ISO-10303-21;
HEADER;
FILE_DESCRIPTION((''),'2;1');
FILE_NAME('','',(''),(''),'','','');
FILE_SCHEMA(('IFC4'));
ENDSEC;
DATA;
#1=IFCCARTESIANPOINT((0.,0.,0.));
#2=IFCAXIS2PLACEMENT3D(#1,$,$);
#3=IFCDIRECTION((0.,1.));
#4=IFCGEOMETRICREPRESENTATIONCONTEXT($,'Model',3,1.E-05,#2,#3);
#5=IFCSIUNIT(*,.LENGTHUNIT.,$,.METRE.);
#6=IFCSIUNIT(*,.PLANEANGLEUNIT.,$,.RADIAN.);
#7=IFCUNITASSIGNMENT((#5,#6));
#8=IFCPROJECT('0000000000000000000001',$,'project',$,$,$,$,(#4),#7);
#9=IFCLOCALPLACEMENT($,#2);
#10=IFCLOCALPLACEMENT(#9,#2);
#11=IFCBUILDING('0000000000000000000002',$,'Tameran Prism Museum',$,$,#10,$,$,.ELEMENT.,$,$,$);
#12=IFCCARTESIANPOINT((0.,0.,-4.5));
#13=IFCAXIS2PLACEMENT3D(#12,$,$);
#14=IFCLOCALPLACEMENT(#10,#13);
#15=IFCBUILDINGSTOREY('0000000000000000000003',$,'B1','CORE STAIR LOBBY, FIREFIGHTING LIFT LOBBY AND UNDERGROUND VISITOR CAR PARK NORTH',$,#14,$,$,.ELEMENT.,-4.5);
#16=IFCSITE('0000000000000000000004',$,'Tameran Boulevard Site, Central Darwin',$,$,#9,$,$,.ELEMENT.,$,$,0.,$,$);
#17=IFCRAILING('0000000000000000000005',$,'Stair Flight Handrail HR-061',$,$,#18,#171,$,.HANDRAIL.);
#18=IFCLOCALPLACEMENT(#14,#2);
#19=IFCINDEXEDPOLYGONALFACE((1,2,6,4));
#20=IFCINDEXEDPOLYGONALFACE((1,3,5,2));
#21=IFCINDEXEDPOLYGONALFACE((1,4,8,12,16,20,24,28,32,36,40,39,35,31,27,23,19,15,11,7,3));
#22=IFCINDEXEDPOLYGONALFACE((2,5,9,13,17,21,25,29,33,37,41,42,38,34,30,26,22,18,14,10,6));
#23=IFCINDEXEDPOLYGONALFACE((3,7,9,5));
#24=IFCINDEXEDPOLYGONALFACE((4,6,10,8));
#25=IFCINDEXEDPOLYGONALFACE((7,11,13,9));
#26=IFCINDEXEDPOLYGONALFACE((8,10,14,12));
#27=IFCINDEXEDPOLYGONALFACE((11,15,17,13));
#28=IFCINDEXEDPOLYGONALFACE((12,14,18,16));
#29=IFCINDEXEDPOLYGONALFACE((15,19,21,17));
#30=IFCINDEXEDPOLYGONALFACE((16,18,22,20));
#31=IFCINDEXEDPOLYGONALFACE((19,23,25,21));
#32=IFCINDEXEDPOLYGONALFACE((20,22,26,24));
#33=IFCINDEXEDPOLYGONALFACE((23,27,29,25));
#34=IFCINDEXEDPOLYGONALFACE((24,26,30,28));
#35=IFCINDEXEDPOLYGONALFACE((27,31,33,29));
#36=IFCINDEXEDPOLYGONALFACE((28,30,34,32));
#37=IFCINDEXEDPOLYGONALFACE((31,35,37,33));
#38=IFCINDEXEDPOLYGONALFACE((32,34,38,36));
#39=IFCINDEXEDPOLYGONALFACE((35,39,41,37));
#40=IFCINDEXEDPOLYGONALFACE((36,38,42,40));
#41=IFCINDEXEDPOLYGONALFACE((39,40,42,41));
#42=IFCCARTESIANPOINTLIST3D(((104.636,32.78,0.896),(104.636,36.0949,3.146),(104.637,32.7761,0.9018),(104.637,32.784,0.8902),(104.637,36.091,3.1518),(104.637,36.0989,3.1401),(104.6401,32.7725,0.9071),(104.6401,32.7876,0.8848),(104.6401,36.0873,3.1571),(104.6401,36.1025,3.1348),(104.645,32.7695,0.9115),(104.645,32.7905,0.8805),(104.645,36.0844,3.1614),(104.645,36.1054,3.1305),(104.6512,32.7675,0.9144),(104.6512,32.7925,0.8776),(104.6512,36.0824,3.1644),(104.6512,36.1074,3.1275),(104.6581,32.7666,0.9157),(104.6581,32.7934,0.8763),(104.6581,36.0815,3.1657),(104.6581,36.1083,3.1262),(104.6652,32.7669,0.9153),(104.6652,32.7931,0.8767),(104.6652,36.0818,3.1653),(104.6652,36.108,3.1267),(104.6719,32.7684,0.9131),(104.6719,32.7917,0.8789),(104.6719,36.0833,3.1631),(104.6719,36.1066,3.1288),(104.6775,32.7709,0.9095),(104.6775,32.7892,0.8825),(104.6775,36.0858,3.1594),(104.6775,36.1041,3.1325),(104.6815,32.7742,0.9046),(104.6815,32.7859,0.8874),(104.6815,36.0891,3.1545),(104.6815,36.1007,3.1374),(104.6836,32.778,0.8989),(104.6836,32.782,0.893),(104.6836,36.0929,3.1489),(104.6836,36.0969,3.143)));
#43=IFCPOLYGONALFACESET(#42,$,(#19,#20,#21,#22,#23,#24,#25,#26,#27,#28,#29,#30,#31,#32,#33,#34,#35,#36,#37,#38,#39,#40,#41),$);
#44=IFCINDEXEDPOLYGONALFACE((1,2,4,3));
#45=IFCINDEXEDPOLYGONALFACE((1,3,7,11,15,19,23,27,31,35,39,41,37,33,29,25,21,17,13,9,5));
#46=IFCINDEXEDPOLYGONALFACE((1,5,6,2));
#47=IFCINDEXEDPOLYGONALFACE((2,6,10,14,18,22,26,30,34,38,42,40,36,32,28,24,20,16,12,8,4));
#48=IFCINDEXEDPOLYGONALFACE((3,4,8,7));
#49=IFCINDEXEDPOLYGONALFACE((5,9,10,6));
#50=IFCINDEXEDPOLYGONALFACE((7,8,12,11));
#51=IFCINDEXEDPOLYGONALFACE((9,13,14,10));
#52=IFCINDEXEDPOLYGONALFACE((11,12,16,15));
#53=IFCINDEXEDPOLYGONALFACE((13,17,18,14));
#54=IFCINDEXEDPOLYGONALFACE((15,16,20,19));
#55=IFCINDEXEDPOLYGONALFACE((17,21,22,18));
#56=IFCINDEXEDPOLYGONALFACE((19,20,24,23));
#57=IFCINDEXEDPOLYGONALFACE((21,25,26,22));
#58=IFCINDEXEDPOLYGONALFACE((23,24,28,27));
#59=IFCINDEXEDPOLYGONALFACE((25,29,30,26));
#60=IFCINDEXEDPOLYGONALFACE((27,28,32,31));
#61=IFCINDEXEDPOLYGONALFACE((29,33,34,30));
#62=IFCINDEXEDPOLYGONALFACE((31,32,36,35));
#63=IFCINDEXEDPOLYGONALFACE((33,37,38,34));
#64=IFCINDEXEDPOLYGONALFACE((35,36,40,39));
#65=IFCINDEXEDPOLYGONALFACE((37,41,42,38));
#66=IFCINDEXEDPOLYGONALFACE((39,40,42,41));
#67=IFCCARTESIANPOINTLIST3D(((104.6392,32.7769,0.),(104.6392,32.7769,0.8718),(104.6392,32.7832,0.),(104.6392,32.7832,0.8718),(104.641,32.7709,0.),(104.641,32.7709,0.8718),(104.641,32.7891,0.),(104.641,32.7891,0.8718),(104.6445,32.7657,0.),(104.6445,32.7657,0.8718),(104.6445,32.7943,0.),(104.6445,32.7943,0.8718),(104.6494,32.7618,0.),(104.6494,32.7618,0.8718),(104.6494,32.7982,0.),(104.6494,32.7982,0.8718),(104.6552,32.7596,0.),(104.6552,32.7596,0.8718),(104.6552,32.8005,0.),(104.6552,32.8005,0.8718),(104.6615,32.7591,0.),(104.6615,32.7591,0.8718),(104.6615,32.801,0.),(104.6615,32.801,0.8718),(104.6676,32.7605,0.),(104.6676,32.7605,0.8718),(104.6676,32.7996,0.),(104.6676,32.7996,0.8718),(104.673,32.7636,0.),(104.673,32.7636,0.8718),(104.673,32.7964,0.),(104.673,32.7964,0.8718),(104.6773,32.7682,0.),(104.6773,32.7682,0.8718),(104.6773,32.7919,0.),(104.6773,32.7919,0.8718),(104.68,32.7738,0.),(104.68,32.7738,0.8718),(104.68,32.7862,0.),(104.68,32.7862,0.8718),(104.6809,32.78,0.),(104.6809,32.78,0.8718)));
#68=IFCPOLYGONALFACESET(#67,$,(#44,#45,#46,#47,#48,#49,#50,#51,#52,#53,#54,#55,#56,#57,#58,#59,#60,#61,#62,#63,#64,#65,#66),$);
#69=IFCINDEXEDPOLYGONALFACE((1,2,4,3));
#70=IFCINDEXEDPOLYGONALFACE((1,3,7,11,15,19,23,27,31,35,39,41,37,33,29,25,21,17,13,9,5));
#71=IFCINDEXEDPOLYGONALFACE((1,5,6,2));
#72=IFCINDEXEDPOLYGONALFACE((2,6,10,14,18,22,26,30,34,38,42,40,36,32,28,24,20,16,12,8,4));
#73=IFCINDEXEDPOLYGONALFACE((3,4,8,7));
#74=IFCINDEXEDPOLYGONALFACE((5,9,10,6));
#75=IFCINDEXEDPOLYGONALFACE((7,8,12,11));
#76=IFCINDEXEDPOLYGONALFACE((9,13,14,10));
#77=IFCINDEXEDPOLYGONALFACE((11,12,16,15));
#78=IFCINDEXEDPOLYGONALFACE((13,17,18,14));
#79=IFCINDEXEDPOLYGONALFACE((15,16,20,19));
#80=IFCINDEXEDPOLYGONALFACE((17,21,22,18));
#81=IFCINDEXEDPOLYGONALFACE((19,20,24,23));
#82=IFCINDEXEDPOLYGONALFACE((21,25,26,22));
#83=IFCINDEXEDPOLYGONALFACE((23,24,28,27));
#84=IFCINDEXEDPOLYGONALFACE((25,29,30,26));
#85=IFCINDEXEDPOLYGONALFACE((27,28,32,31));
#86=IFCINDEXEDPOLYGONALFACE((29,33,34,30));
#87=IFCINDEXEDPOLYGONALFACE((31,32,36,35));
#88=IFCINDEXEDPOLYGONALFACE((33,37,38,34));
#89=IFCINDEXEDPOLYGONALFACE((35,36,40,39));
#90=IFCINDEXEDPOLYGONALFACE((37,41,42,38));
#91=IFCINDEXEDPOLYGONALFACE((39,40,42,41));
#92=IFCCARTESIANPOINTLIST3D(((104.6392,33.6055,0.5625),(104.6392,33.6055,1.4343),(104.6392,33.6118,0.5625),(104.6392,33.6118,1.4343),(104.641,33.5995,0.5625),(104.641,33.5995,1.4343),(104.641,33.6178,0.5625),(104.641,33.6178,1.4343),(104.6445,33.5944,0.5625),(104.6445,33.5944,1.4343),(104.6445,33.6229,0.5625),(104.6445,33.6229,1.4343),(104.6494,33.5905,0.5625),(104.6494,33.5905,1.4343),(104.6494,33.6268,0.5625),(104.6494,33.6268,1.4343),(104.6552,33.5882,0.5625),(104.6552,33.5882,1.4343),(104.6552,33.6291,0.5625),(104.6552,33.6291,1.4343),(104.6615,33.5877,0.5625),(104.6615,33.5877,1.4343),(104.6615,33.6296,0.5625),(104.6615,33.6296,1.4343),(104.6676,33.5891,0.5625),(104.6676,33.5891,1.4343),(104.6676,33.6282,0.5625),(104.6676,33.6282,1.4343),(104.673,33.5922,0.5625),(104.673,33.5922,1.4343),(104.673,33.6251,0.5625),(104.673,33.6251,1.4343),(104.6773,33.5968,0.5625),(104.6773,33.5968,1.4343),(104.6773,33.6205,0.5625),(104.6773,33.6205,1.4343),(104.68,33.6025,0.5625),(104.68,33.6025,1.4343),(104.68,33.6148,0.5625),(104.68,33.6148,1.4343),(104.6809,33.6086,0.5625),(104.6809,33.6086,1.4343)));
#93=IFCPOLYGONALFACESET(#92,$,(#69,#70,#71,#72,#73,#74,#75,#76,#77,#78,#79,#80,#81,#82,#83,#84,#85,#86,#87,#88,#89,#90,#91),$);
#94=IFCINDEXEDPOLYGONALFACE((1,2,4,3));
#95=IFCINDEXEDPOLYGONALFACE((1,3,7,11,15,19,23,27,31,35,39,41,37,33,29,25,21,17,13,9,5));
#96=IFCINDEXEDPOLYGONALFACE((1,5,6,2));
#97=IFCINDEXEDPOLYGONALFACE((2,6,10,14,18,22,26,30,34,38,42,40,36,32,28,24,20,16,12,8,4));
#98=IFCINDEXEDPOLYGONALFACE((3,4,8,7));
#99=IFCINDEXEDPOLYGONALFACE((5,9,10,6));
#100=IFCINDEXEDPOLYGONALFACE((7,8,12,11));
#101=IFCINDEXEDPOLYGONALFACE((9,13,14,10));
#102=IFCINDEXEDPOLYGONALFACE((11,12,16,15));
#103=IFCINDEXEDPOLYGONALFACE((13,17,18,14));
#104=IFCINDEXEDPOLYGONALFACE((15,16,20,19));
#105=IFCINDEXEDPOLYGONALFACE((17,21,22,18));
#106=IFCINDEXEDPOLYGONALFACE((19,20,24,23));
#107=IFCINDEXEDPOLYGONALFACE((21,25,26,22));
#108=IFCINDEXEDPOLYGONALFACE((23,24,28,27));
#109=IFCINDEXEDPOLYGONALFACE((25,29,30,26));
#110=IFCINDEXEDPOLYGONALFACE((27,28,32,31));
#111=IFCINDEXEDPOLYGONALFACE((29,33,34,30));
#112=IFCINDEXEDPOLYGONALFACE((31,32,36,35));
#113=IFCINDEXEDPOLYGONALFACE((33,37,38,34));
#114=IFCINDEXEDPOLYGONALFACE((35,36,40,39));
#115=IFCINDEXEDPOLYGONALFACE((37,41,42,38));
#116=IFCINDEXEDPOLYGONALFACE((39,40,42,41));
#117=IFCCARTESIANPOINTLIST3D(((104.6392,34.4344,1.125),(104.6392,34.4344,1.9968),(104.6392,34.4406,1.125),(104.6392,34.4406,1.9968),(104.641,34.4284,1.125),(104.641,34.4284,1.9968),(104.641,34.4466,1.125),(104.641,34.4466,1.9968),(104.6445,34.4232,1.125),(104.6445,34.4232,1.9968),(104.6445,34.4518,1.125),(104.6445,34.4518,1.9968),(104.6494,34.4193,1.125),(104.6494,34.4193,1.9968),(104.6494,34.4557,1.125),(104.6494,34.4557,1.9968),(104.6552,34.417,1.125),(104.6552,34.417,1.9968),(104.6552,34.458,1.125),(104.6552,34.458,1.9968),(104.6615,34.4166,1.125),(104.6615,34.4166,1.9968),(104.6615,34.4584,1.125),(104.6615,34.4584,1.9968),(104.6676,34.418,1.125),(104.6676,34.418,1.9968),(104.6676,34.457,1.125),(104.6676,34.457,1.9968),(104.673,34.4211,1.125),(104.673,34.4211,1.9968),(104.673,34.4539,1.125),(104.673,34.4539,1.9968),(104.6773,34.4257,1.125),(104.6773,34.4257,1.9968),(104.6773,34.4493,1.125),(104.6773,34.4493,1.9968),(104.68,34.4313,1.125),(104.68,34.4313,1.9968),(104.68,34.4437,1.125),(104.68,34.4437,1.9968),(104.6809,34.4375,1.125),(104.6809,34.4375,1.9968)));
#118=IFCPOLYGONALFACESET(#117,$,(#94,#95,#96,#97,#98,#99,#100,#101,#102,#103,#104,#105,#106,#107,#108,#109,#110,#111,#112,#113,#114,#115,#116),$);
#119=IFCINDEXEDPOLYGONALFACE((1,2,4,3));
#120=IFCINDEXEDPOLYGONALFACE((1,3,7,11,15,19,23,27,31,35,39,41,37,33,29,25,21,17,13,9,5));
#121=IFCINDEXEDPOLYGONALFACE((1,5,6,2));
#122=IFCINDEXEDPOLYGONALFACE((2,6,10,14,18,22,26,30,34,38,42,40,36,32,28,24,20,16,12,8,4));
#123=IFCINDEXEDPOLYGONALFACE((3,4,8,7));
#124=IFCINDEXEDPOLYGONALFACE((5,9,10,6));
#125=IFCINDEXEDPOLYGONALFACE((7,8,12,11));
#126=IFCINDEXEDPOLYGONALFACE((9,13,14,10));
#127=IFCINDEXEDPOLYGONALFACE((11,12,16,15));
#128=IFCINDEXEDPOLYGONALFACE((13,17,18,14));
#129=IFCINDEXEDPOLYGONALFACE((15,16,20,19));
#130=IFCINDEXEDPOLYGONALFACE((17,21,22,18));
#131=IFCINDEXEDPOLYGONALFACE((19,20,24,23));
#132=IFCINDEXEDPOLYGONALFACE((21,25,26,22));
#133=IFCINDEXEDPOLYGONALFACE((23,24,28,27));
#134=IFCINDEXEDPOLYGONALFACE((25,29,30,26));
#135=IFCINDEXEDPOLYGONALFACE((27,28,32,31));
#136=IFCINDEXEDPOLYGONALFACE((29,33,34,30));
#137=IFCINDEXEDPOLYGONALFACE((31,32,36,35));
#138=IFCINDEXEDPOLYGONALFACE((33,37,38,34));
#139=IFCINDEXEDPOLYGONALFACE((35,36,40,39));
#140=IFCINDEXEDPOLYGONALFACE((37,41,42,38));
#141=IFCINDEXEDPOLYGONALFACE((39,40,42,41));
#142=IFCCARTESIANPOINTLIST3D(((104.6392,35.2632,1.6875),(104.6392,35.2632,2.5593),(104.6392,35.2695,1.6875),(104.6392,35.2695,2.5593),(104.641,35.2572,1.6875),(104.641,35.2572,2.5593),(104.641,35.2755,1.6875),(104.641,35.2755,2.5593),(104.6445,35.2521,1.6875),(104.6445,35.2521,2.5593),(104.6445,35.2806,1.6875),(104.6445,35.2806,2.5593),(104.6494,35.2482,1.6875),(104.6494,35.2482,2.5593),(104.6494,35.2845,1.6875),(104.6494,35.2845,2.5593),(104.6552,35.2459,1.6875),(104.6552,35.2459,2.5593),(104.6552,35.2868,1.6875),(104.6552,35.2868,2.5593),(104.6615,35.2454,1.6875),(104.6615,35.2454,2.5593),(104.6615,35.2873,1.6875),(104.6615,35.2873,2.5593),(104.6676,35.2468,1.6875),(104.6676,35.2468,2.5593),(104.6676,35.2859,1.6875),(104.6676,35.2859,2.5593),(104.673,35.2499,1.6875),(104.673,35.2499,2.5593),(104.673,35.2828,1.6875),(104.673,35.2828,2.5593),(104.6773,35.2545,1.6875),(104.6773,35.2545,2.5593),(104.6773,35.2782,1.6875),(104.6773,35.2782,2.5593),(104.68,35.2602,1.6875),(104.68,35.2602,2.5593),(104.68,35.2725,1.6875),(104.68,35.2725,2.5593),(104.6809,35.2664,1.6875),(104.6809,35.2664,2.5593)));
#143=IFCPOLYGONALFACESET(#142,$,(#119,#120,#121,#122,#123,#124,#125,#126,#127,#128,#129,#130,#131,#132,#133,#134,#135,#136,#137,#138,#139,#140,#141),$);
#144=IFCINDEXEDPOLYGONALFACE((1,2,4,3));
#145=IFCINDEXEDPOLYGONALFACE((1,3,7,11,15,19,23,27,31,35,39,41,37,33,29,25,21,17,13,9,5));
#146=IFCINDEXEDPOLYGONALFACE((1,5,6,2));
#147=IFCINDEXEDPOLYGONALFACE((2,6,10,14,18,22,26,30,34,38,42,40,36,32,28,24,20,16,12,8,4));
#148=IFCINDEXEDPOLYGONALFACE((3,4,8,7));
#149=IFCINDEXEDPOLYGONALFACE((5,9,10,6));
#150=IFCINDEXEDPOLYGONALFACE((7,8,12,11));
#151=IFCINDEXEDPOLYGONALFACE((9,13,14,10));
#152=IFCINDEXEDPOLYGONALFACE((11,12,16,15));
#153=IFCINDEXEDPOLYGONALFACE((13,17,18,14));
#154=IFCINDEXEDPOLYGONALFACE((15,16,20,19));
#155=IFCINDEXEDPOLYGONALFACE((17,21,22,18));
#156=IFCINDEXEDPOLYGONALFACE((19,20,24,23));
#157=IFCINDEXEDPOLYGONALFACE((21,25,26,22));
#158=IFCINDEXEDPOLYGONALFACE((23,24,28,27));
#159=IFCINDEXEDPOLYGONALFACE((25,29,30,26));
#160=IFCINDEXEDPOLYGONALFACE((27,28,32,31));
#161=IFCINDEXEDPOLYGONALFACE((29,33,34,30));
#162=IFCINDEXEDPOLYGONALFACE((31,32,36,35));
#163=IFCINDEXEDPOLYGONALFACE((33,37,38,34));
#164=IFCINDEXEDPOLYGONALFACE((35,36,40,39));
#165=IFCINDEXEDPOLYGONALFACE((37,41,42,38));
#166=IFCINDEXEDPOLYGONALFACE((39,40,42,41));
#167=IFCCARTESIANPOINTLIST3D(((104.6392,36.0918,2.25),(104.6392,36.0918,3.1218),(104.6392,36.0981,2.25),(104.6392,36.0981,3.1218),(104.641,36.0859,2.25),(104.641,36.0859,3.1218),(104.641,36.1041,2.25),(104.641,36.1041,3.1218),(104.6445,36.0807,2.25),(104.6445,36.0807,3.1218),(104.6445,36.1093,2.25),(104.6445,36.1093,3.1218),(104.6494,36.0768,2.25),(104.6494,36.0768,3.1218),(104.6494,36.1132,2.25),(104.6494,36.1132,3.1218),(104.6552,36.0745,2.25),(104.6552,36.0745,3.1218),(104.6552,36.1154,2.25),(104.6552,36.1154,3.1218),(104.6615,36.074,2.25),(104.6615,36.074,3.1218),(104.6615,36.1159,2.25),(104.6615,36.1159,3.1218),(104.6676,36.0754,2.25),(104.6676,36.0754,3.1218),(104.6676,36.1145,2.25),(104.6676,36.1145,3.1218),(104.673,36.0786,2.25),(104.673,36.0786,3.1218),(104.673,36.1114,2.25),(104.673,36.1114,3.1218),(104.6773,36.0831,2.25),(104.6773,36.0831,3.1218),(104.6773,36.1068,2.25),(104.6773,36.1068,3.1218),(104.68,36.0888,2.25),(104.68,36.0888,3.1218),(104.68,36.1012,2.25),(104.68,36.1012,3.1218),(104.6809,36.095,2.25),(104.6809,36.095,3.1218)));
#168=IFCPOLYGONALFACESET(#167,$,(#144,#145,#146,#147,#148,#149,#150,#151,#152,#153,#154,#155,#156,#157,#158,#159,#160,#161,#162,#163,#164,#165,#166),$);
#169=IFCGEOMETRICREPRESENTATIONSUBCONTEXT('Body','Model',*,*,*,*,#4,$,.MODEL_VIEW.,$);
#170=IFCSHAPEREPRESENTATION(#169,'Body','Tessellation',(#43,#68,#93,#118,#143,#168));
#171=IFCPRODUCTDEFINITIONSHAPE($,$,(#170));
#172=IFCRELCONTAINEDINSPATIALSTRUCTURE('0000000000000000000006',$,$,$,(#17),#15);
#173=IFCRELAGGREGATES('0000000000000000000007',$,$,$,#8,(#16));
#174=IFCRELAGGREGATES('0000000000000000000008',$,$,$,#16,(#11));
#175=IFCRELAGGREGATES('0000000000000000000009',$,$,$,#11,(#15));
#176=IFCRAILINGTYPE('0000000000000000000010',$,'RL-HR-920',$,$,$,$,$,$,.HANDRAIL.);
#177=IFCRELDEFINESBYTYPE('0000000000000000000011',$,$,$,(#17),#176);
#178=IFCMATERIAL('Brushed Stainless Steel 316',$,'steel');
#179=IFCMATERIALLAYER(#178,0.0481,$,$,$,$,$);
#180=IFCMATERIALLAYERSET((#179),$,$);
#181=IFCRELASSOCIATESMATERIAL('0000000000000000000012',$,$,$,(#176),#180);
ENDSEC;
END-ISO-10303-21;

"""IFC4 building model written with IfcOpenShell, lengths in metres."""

from ifc_helpers import new_model, si_unit, direction, frame, origin, origin_2d, place, context, subcontext, project, spatial, circle, extrude, material, layer, layer_set, type_object, element, save


model = new_model("IFC4")

# Units and contexts
model_context = context("Model", 3, precision=1e-05, world=origin(), true_north=direction((0.0, 1.0)))
body_context = subcontext(model_context, "Body", "Model", "MODEL_VIEW")
ifc_project = project(units=[si_unit("LENGTHUNIT", "METRE"), si_unit("PLANEANGLEUNIT", "RADIAN")], contexts=[model_context])

# Site, building, storey
site_placement = place(None, origin())
site = spatial("IfcSite", under=ifc_project, at=site_placement, Name="Tameran Boulevard Site, Central Darwin", CompositionType="ELEMENT", RefElevation=0.0)
building_placement = place(site_placement, origin())
building = spatial("IfcBuilding", under=site, at=building_placement, Name="Tameran Prism Museum", CompositionType="ELEMENT")
storey_placement = place(building_placement, frame((0.0, 0.0, -4.5)))
storey = spatial("IfcBuildingStorey", under=building, at=storey_placement, Name="B1", Description="CORE STAIR LOBBY, FIREFIGHTING LIFT LOBBY AND UNDERGROUND VISITOR CAR PARK NORTH", CompositionType="ELEMENT", Elevation=-4.5)

# Railing
ifc_material_1 = material(Name="Brushed Stainless Steel 316", Category="steel")
ifc_layer_1 = layer(ifc_material_1, 0.0481)
ifc_layer_set_1 = layer_set([ifc_layer_1])
railing_type_1 = type_object("IfcRailingType", Name="RL-HR-920", PredefinedType="HANDRAIL", material=ifc_layer_set_1)
railing_1_placement = place(storey_placement, frame((104.6599, 32.78, 0.0)))
element("IfcRailing", 1, at=railing_1_placement, inside=storey, type_object=railing_type_1, Name="Stair Flight Handrail HR-061", PredefinedType="HANDRAIL", context=body_context, shape_type="SweptSolid", body=[
    extrude(circle(Radius=0.0239, at=origin_2d()), frame((0.0, 0.0, 0.896), z_axis=(0.0, 0.827409, 0.5616), x_axis=(-1.0, 0.0, 0.0)), (0.0, 0.0, 1.0), 4.0063),
    extrude(circle(Radius=0.021, at=origin_2d()), origin(), (0.0, 0.0, 1.0), 0.8718),
    extrude(circle(Radius=0.021, at=origin_2d()), frame((0.0, 0.8286, 0.5625)), (0.0, 0.0, 1.0), 0.8718),
    extrude(circle(Radius=0.021, at=origin_2d()), frame((0.0, 1.6575, 1.125)), (0.0, 0.0, 1.0), 0.8718),
    extrude(circle(Radius=0.021, at=origin_2d()), frame((0.0, 2.4863, 1.6875)), (0.0, 0.0, 1.0), 0.8718),
    extrude(circle(Radius=0.021, at=origin_2d()), frame((0.0, 3.3149, 2.25)), (0.0, 0.0, 1.0), 0.8718),
])

save(model, "model.ifc")
